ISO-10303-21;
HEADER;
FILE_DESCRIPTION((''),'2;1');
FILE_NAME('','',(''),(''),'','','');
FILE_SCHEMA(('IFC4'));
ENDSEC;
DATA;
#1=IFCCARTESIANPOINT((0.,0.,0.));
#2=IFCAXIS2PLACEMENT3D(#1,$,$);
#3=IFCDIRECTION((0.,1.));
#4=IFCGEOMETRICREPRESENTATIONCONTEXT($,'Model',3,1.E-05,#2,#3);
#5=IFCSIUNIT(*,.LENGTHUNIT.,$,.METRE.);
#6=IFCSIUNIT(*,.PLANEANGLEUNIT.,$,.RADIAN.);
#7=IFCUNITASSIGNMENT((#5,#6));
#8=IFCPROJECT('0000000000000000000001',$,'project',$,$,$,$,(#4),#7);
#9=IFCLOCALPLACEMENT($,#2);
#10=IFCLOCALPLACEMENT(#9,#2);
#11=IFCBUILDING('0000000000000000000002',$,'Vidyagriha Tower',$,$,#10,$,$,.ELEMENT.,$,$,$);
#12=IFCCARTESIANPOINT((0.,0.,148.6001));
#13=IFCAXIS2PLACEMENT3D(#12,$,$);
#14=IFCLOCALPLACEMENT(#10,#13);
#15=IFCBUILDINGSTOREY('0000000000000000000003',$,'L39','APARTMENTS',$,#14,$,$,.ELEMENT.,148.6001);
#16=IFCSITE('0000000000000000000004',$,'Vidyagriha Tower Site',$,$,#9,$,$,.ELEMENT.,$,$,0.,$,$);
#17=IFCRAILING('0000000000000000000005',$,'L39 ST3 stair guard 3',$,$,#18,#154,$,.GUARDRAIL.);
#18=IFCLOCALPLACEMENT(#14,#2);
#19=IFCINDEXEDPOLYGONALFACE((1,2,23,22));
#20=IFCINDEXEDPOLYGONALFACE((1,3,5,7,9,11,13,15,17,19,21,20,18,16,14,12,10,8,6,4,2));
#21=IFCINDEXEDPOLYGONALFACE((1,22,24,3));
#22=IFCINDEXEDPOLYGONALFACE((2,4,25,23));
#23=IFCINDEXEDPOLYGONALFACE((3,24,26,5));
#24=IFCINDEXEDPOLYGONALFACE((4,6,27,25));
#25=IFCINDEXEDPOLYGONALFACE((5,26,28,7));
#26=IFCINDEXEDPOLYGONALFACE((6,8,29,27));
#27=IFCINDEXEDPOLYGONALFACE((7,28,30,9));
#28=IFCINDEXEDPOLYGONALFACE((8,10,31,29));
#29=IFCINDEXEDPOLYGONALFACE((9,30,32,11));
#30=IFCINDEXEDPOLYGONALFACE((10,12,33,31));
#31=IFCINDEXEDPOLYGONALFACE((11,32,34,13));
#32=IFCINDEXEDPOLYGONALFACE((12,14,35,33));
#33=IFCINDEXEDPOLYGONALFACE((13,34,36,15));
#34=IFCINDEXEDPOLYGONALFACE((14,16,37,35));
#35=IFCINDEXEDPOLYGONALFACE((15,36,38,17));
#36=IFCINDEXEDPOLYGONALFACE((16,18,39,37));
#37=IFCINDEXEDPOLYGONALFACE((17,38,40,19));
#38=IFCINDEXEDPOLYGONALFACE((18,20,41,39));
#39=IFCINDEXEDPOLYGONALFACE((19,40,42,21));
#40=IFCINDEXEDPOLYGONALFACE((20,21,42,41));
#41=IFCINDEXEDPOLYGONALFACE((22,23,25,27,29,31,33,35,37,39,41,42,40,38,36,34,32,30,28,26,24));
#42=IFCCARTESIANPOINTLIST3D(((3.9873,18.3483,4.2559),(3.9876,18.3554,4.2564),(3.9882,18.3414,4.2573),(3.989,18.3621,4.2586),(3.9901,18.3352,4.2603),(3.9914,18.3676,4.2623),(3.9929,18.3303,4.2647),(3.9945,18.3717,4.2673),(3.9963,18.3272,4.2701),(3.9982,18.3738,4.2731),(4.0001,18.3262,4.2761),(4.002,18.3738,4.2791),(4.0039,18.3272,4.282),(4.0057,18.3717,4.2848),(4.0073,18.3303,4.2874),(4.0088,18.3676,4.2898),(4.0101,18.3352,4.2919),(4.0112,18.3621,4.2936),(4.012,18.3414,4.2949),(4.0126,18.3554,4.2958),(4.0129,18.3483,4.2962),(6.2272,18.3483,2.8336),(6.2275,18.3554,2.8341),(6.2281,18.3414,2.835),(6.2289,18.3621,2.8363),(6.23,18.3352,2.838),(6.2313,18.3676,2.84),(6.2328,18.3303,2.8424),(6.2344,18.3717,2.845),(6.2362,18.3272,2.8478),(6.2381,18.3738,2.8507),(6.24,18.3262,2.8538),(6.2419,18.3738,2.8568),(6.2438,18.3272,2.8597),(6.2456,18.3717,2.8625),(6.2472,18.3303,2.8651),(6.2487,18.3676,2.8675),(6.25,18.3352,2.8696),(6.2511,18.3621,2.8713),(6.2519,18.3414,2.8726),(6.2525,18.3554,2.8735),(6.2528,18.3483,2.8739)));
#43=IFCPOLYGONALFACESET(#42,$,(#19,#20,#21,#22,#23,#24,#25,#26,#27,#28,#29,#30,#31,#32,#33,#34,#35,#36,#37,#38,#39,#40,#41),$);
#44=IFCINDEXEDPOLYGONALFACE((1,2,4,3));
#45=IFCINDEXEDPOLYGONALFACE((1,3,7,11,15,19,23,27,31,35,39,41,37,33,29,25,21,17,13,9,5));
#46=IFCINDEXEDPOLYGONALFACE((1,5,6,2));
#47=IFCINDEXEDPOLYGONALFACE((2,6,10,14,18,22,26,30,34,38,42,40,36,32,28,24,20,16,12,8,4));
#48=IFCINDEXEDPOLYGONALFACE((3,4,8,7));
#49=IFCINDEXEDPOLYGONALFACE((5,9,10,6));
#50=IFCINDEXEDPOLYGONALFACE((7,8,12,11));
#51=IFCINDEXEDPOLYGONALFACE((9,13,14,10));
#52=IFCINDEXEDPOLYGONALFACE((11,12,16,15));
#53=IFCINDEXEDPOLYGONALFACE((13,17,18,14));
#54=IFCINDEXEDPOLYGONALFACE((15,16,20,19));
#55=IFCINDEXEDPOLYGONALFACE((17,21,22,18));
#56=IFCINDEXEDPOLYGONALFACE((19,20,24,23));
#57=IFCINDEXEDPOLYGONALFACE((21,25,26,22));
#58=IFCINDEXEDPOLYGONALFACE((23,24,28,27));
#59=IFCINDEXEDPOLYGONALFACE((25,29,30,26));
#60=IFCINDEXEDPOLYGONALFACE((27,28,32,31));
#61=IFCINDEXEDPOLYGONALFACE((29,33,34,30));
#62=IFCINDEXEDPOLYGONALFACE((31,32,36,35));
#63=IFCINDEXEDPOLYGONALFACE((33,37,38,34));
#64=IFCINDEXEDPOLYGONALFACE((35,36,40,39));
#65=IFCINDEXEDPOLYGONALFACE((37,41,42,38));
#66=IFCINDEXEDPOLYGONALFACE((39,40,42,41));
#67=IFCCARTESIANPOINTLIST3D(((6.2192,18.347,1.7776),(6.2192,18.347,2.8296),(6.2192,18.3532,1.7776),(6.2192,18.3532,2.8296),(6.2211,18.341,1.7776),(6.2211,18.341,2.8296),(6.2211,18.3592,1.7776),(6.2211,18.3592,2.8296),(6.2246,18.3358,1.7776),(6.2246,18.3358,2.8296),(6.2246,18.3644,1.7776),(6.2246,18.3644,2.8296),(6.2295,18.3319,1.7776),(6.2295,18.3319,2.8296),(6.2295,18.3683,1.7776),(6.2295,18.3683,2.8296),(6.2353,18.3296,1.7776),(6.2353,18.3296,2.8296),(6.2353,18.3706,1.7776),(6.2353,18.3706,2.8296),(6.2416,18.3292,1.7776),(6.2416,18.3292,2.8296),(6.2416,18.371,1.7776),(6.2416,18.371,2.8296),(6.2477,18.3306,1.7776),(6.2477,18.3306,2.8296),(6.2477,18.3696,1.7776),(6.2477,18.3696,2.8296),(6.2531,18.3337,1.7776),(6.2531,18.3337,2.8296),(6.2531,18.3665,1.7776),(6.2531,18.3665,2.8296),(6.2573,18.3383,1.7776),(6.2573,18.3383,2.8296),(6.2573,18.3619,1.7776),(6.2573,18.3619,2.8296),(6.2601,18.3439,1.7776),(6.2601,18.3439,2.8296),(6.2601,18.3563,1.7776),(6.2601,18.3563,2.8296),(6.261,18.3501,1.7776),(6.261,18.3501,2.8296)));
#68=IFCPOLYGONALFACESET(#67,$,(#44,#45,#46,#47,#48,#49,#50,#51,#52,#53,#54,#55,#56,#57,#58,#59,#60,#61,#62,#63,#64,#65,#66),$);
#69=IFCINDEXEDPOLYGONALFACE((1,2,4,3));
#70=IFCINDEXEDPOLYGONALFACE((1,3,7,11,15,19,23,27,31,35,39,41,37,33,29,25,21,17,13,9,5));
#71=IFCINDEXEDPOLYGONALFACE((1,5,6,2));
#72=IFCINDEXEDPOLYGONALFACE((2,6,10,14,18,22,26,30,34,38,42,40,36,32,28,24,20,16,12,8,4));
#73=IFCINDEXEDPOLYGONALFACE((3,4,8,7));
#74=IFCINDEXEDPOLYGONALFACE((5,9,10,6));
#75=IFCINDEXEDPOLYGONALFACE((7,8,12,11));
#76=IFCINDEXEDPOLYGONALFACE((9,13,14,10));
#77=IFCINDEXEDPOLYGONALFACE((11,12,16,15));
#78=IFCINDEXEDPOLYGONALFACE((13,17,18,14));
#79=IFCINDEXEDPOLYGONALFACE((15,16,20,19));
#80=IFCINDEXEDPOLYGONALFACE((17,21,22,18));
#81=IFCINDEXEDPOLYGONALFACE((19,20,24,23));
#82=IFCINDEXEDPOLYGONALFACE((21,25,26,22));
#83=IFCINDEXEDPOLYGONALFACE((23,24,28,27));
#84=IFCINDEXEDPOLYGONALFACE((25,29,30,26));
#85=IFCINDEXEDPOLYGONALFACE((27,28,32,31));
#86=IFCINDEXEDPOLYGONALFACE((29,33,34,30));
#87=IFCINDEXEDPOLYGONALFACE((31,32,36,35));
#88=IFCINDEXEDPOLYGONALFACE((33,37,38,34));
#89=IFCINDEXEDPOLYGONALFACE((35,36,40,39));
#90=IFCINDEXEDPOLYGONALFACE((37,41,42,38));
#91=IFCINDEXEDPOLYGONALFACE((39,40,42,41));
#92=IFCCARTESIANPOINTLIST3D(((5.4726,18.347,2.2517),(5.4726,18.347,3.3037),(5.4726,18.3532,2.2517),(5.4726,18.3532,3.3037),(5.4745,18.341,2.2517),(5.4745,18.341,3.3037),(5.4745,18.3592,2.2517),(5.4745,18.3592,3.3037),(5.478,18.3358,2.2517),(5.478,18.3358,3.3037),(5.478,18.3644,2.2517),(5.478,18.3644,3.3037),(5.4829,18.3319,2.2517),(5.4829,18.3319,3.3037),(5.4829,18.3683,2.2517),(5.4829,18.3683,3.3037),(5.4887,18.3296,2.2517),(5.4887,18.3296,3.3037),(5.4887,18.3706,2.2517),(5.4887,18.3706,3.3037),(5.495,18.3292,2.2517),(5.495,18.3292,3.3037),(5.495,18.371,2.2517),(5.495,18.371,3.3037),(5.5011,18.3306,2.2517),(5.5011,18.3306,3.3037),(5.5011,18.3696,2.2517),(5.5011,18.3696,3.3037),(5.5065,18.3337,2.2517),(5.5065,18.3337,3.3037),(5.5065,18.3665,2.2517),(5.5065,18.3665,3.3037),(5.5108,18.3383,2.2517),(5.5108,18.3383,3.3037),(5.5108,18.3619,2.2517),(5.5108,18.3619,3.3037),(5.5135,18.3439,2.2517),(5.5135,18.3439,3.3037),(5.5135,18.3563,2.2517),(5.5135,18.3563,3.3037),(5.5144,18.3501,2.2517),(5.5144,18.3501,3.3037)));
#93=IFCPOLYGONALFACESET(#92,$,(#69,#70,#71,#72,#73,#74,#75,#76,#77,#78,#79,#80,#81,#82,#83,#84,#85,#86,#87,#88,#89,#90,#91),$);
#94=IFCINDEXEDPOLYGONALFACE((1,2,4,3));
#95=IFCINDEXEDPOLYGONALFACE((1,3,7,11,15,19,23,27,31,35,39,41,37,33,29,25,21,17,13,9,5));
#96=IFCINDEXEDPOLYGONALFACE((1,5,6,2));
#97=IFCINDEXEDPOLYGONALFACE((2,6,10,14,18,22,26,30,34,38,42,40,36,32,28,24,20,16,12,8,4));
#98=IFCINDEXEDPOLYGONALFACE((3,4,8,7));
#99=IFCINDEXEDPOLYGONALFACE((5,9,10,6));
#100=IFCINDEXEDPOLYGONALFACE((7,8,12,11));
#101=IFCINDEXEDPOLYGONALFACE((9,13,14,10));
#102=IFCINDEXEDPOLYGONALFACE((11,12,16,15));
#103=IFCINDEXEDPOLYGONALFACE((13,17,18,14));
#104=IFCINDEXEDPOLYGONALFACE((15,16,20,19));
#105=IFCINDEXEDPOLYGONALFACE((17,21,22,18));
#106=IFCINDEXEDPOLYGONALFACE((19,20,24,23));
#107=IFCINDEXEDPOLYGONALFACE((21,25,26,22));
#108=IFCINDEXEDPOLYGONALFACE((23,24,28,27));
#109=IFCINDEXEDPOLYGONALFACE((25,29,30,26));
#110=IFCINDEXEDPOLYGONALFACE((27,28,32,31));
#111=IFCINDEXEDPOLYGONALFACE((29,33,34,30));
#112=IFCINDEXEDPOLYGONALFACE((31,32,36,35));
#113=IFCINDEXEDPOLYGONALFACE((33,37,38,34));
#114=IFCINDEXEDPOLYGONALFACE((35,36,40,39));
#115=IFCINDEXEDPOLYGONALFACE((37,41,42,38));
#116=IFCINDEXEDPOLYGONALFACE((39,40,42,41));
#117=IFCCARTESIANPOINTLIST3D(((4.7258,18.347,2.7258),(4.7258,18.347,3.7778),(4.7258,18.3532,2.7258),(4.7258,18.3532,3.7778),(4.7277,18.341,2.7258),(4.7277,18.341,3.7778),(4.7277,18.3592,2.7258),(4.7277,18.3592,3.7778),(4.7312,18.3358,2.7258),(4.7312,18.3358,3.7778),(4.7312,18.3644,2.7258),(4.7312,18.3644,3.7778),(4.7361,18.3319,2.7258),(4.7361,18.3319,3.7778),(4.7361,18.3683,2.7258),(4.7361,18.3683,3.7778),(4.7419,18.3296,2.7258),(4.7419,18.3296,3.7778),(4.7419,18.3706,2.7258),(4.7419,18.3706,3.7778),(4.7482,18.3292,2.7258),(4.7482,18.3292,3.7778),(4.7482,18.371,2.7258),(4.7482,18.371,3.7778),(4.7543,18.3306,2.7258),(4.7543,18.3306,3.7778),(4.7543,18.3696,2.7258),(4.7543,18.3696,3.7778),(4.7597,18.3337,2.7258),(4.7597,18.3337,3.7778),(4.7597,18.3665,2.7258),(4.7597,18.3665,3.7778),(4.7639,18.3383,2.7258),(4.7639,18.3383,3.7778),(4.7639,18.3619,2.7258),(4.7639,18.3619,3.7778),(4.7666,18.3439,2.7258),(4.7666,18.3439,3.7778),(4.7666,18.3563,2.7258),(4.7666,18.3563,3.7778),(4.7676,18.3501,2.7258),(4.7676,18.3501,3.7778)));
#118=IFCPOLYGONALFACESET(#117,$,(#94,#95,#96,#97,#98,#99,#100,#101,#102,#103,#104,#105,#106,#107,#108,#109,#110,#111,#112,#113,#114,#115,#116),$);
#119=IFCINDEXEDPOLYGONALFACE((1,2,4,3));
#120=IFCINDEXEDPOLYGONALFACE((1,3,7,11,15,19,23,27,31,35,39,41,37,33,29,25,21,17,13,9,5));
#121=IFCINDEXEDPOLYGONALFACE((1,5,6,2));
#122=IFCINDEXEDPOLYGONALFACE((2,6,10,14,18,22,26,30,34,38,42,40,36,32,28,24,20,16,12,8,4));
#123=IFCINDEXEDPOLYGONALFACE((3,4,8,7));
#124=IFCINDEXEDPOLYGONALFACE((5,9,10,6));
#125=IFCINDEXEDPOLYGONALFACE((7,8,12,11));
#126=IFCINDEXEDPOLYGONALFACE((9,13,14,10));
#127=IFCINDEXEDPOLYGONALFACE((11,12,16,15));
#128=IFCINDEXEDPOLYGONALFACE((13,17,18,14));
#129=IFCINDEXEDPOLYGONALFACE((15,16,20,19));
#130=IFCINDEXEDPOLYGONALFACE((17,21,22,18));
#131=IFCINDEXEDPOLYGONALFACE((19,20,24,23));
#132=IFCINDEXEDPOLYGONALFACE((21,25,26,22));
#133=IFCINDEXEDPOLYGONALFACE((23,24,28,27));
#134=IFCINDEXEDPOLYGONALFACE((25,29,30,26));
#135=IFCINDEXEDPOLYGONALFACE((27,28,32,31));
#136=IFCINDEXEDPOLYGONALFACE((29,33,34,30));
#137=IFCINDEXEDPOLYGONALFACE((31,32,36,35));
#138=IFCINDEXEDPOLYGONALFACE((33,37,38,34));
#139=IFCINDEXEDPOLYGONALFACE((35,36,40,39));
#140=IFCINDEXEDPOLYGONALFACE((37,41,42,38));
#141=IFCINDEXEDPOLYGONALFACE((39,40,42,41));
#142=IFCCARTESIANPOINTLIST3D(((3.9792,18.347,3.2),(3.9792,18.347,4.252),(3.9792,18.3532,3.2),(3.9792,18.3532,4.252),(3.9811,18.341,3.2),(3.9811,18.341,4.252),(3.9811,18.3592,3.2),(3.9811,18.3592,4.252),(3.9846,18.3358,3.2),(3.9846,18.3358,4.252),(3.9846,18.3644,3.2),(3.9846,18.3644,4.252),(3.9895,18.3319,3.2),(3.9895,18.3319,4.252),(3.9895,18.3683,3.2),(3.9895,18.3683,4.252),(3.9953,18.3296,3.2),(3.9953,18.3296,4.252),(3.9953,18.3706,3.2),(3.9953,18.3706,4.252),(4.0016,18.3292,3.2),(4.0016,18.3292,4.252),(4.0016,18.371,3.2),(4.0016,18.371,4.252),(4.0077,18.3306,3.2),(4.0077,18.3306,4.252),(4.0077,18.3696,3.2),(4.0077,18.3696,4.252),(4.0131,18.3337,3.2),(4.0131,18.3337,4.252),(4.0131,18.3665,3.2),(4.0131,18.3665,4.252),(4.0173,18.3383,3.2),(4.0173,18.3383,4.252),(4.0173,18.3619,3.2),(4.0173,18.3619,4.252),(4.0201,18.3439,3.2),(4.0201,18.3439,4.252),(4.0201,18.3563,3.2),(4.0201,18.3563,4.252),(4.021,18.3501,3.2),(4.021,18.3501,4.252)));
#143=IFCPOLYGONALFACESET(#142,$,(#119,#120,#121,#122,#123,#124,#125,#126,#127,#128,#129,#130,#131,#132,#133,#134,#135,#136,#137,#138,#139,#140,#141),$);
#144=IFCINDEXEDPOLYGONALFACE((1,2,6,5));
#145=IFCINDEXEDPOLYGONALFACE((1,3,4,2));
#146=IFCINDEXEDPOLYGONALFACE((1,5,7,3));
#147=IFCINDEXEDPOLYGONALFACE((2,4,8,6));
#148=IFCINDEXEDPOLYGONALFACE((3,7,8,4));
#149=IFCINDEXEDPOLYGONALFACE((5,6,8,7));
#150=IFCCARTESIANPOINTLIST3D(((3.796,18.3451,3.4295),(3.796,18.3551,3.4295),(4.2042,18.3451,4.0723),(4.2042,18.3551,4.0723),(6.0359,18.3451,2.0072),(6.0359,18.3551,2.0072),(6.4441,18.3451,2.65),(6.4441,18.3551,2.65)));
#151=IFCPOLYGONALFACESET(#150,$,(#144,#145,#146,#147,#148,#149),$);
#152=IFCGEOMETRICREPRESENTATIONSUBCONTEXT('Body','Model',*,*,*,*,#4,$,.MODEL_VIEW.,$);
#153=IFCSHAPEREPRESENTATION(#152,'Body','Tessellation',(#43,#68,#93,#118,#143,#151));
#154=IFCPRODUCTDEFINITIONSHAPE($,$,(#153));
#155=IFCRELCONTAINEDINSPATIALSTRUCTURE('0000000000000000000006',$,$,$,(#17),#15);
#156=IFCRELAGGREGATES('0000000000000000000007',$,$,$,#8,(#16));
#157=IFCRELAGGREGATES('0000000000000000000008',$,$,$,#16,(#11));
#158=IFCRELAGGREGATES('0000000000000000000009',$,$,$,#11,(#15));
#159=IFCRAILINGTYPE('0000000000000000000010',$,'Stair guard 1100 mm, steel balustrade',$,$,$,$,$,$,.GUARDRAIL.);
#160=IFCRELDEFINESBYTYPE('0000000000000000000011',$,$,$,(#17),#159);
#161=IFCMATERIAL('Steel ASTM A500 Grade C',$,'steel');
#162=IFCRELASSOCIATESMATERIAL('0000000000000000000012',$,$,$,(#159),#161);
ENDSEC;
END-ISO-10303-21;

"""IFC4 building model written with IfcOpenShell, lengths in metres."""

from ifc_helpers import new_model, si_unit, direction, frame, origin, origin_2d, place, context, subcontext, project, spatial, rectangle, circle, extrude, material, type_object, element, save


model = new_model("IFC4")

# Units and contexts
model_context = context("Model", 3, precision=1e-05, world=origin(), true_north=direction((0.0, 1.0)))
body_context = subcontext(model_context, "Body", "Model", "MODEL_VIEW")
ifc_project = project(units=[si_unit("LENGTHUNIT", "METRE"), si_unit("PLANEANGLEUNIT", "RADIAN")], contexts=[model_context])

# Site, building, storey
site_placement = place(None, origin())
site = spatial("IfcSite", under=ifc_project, at=site_placement, Name="Vidyagriha Tower Site", CompositionType="ELEMENT", RefElevation=0.0)
building_placement = place(site_placement, origin())
building = spatial("IfcBuilding", under=site, at=building_placement, Name="Vidyagriha Tower", CompositionType="ELEMENT")
storey_placement = place(building_placement, frame((0.0, 0.0, 148.6001)))
storey = spatial("IfcBuildingStorey", under=building, at=storey_placement, Name="L39", Description="APARTMENTS", CompositionType="ELEMENT", Elevation=148.6001)

# Railing
ifc_material_1 = material(Name="Steel ASTM A500 Grade C", Category="steel")
railing_type_1 = type_object("IfcRailingType", Name="Stair guard 1100 mm, steel balustrade", PredefinedType="GUARDRAIL", material=ifc_material_1)
railing_1_placement = place(storey_placement, frame((6.24, 18.3501, 1.7776)))
element("IfcRailing", 1, at=railing_1_placement, inside=storey, type_object=railing_type_1, Name="L39 ST3 stair guard 3", PredefinedType="GUARDRAIL", context=body_context, shape_type="SweptSolid", body=[
    extrude(circle(Radius=0.0239, at=origin_2d()), frame((0.0, 0.0, 1.0762), z_axis=(-0.844188, 0.0, 0.536048), x_axis=(0.0, -1.0, 0.0)), (0.0, 0.0, 1.0), 2.6533),
    extrude(circle(Radius=0.021, at=origin_2d()), origin(), (0.0, 0.0, 1.0), 1.052),
    extrude(circle(Radius=0.021, at=origin_2d()), frame((-0.7466, 0.0, 0.4741)), (0.0, 0.0, 1.0), 1.052),
    extrude(circle(Radius=0.021, at=origin_2d()), frame((-1.4934, 0.0, 0.9482)), (0.0, 0.0, 1.0), 1.052),
    extrude(circle(Radius=0.021, at=origin_2d()), frame((-2.24, 0.0, 1.4224)), (0.0, 0.0, 1.0), 1.052),
    extrude(rectangle(XDim=0.01, YDim=0.7615, at=origin_2d()), frame((0.0, 0.0, 0.551), z_axis=(-0.844188, 0.0, 0.536048), x_axis=(0.0, -1.0, 0.0)), (0.0, 0.0, 1.0), 2.6533),
])

save(model, "model.ifc")
